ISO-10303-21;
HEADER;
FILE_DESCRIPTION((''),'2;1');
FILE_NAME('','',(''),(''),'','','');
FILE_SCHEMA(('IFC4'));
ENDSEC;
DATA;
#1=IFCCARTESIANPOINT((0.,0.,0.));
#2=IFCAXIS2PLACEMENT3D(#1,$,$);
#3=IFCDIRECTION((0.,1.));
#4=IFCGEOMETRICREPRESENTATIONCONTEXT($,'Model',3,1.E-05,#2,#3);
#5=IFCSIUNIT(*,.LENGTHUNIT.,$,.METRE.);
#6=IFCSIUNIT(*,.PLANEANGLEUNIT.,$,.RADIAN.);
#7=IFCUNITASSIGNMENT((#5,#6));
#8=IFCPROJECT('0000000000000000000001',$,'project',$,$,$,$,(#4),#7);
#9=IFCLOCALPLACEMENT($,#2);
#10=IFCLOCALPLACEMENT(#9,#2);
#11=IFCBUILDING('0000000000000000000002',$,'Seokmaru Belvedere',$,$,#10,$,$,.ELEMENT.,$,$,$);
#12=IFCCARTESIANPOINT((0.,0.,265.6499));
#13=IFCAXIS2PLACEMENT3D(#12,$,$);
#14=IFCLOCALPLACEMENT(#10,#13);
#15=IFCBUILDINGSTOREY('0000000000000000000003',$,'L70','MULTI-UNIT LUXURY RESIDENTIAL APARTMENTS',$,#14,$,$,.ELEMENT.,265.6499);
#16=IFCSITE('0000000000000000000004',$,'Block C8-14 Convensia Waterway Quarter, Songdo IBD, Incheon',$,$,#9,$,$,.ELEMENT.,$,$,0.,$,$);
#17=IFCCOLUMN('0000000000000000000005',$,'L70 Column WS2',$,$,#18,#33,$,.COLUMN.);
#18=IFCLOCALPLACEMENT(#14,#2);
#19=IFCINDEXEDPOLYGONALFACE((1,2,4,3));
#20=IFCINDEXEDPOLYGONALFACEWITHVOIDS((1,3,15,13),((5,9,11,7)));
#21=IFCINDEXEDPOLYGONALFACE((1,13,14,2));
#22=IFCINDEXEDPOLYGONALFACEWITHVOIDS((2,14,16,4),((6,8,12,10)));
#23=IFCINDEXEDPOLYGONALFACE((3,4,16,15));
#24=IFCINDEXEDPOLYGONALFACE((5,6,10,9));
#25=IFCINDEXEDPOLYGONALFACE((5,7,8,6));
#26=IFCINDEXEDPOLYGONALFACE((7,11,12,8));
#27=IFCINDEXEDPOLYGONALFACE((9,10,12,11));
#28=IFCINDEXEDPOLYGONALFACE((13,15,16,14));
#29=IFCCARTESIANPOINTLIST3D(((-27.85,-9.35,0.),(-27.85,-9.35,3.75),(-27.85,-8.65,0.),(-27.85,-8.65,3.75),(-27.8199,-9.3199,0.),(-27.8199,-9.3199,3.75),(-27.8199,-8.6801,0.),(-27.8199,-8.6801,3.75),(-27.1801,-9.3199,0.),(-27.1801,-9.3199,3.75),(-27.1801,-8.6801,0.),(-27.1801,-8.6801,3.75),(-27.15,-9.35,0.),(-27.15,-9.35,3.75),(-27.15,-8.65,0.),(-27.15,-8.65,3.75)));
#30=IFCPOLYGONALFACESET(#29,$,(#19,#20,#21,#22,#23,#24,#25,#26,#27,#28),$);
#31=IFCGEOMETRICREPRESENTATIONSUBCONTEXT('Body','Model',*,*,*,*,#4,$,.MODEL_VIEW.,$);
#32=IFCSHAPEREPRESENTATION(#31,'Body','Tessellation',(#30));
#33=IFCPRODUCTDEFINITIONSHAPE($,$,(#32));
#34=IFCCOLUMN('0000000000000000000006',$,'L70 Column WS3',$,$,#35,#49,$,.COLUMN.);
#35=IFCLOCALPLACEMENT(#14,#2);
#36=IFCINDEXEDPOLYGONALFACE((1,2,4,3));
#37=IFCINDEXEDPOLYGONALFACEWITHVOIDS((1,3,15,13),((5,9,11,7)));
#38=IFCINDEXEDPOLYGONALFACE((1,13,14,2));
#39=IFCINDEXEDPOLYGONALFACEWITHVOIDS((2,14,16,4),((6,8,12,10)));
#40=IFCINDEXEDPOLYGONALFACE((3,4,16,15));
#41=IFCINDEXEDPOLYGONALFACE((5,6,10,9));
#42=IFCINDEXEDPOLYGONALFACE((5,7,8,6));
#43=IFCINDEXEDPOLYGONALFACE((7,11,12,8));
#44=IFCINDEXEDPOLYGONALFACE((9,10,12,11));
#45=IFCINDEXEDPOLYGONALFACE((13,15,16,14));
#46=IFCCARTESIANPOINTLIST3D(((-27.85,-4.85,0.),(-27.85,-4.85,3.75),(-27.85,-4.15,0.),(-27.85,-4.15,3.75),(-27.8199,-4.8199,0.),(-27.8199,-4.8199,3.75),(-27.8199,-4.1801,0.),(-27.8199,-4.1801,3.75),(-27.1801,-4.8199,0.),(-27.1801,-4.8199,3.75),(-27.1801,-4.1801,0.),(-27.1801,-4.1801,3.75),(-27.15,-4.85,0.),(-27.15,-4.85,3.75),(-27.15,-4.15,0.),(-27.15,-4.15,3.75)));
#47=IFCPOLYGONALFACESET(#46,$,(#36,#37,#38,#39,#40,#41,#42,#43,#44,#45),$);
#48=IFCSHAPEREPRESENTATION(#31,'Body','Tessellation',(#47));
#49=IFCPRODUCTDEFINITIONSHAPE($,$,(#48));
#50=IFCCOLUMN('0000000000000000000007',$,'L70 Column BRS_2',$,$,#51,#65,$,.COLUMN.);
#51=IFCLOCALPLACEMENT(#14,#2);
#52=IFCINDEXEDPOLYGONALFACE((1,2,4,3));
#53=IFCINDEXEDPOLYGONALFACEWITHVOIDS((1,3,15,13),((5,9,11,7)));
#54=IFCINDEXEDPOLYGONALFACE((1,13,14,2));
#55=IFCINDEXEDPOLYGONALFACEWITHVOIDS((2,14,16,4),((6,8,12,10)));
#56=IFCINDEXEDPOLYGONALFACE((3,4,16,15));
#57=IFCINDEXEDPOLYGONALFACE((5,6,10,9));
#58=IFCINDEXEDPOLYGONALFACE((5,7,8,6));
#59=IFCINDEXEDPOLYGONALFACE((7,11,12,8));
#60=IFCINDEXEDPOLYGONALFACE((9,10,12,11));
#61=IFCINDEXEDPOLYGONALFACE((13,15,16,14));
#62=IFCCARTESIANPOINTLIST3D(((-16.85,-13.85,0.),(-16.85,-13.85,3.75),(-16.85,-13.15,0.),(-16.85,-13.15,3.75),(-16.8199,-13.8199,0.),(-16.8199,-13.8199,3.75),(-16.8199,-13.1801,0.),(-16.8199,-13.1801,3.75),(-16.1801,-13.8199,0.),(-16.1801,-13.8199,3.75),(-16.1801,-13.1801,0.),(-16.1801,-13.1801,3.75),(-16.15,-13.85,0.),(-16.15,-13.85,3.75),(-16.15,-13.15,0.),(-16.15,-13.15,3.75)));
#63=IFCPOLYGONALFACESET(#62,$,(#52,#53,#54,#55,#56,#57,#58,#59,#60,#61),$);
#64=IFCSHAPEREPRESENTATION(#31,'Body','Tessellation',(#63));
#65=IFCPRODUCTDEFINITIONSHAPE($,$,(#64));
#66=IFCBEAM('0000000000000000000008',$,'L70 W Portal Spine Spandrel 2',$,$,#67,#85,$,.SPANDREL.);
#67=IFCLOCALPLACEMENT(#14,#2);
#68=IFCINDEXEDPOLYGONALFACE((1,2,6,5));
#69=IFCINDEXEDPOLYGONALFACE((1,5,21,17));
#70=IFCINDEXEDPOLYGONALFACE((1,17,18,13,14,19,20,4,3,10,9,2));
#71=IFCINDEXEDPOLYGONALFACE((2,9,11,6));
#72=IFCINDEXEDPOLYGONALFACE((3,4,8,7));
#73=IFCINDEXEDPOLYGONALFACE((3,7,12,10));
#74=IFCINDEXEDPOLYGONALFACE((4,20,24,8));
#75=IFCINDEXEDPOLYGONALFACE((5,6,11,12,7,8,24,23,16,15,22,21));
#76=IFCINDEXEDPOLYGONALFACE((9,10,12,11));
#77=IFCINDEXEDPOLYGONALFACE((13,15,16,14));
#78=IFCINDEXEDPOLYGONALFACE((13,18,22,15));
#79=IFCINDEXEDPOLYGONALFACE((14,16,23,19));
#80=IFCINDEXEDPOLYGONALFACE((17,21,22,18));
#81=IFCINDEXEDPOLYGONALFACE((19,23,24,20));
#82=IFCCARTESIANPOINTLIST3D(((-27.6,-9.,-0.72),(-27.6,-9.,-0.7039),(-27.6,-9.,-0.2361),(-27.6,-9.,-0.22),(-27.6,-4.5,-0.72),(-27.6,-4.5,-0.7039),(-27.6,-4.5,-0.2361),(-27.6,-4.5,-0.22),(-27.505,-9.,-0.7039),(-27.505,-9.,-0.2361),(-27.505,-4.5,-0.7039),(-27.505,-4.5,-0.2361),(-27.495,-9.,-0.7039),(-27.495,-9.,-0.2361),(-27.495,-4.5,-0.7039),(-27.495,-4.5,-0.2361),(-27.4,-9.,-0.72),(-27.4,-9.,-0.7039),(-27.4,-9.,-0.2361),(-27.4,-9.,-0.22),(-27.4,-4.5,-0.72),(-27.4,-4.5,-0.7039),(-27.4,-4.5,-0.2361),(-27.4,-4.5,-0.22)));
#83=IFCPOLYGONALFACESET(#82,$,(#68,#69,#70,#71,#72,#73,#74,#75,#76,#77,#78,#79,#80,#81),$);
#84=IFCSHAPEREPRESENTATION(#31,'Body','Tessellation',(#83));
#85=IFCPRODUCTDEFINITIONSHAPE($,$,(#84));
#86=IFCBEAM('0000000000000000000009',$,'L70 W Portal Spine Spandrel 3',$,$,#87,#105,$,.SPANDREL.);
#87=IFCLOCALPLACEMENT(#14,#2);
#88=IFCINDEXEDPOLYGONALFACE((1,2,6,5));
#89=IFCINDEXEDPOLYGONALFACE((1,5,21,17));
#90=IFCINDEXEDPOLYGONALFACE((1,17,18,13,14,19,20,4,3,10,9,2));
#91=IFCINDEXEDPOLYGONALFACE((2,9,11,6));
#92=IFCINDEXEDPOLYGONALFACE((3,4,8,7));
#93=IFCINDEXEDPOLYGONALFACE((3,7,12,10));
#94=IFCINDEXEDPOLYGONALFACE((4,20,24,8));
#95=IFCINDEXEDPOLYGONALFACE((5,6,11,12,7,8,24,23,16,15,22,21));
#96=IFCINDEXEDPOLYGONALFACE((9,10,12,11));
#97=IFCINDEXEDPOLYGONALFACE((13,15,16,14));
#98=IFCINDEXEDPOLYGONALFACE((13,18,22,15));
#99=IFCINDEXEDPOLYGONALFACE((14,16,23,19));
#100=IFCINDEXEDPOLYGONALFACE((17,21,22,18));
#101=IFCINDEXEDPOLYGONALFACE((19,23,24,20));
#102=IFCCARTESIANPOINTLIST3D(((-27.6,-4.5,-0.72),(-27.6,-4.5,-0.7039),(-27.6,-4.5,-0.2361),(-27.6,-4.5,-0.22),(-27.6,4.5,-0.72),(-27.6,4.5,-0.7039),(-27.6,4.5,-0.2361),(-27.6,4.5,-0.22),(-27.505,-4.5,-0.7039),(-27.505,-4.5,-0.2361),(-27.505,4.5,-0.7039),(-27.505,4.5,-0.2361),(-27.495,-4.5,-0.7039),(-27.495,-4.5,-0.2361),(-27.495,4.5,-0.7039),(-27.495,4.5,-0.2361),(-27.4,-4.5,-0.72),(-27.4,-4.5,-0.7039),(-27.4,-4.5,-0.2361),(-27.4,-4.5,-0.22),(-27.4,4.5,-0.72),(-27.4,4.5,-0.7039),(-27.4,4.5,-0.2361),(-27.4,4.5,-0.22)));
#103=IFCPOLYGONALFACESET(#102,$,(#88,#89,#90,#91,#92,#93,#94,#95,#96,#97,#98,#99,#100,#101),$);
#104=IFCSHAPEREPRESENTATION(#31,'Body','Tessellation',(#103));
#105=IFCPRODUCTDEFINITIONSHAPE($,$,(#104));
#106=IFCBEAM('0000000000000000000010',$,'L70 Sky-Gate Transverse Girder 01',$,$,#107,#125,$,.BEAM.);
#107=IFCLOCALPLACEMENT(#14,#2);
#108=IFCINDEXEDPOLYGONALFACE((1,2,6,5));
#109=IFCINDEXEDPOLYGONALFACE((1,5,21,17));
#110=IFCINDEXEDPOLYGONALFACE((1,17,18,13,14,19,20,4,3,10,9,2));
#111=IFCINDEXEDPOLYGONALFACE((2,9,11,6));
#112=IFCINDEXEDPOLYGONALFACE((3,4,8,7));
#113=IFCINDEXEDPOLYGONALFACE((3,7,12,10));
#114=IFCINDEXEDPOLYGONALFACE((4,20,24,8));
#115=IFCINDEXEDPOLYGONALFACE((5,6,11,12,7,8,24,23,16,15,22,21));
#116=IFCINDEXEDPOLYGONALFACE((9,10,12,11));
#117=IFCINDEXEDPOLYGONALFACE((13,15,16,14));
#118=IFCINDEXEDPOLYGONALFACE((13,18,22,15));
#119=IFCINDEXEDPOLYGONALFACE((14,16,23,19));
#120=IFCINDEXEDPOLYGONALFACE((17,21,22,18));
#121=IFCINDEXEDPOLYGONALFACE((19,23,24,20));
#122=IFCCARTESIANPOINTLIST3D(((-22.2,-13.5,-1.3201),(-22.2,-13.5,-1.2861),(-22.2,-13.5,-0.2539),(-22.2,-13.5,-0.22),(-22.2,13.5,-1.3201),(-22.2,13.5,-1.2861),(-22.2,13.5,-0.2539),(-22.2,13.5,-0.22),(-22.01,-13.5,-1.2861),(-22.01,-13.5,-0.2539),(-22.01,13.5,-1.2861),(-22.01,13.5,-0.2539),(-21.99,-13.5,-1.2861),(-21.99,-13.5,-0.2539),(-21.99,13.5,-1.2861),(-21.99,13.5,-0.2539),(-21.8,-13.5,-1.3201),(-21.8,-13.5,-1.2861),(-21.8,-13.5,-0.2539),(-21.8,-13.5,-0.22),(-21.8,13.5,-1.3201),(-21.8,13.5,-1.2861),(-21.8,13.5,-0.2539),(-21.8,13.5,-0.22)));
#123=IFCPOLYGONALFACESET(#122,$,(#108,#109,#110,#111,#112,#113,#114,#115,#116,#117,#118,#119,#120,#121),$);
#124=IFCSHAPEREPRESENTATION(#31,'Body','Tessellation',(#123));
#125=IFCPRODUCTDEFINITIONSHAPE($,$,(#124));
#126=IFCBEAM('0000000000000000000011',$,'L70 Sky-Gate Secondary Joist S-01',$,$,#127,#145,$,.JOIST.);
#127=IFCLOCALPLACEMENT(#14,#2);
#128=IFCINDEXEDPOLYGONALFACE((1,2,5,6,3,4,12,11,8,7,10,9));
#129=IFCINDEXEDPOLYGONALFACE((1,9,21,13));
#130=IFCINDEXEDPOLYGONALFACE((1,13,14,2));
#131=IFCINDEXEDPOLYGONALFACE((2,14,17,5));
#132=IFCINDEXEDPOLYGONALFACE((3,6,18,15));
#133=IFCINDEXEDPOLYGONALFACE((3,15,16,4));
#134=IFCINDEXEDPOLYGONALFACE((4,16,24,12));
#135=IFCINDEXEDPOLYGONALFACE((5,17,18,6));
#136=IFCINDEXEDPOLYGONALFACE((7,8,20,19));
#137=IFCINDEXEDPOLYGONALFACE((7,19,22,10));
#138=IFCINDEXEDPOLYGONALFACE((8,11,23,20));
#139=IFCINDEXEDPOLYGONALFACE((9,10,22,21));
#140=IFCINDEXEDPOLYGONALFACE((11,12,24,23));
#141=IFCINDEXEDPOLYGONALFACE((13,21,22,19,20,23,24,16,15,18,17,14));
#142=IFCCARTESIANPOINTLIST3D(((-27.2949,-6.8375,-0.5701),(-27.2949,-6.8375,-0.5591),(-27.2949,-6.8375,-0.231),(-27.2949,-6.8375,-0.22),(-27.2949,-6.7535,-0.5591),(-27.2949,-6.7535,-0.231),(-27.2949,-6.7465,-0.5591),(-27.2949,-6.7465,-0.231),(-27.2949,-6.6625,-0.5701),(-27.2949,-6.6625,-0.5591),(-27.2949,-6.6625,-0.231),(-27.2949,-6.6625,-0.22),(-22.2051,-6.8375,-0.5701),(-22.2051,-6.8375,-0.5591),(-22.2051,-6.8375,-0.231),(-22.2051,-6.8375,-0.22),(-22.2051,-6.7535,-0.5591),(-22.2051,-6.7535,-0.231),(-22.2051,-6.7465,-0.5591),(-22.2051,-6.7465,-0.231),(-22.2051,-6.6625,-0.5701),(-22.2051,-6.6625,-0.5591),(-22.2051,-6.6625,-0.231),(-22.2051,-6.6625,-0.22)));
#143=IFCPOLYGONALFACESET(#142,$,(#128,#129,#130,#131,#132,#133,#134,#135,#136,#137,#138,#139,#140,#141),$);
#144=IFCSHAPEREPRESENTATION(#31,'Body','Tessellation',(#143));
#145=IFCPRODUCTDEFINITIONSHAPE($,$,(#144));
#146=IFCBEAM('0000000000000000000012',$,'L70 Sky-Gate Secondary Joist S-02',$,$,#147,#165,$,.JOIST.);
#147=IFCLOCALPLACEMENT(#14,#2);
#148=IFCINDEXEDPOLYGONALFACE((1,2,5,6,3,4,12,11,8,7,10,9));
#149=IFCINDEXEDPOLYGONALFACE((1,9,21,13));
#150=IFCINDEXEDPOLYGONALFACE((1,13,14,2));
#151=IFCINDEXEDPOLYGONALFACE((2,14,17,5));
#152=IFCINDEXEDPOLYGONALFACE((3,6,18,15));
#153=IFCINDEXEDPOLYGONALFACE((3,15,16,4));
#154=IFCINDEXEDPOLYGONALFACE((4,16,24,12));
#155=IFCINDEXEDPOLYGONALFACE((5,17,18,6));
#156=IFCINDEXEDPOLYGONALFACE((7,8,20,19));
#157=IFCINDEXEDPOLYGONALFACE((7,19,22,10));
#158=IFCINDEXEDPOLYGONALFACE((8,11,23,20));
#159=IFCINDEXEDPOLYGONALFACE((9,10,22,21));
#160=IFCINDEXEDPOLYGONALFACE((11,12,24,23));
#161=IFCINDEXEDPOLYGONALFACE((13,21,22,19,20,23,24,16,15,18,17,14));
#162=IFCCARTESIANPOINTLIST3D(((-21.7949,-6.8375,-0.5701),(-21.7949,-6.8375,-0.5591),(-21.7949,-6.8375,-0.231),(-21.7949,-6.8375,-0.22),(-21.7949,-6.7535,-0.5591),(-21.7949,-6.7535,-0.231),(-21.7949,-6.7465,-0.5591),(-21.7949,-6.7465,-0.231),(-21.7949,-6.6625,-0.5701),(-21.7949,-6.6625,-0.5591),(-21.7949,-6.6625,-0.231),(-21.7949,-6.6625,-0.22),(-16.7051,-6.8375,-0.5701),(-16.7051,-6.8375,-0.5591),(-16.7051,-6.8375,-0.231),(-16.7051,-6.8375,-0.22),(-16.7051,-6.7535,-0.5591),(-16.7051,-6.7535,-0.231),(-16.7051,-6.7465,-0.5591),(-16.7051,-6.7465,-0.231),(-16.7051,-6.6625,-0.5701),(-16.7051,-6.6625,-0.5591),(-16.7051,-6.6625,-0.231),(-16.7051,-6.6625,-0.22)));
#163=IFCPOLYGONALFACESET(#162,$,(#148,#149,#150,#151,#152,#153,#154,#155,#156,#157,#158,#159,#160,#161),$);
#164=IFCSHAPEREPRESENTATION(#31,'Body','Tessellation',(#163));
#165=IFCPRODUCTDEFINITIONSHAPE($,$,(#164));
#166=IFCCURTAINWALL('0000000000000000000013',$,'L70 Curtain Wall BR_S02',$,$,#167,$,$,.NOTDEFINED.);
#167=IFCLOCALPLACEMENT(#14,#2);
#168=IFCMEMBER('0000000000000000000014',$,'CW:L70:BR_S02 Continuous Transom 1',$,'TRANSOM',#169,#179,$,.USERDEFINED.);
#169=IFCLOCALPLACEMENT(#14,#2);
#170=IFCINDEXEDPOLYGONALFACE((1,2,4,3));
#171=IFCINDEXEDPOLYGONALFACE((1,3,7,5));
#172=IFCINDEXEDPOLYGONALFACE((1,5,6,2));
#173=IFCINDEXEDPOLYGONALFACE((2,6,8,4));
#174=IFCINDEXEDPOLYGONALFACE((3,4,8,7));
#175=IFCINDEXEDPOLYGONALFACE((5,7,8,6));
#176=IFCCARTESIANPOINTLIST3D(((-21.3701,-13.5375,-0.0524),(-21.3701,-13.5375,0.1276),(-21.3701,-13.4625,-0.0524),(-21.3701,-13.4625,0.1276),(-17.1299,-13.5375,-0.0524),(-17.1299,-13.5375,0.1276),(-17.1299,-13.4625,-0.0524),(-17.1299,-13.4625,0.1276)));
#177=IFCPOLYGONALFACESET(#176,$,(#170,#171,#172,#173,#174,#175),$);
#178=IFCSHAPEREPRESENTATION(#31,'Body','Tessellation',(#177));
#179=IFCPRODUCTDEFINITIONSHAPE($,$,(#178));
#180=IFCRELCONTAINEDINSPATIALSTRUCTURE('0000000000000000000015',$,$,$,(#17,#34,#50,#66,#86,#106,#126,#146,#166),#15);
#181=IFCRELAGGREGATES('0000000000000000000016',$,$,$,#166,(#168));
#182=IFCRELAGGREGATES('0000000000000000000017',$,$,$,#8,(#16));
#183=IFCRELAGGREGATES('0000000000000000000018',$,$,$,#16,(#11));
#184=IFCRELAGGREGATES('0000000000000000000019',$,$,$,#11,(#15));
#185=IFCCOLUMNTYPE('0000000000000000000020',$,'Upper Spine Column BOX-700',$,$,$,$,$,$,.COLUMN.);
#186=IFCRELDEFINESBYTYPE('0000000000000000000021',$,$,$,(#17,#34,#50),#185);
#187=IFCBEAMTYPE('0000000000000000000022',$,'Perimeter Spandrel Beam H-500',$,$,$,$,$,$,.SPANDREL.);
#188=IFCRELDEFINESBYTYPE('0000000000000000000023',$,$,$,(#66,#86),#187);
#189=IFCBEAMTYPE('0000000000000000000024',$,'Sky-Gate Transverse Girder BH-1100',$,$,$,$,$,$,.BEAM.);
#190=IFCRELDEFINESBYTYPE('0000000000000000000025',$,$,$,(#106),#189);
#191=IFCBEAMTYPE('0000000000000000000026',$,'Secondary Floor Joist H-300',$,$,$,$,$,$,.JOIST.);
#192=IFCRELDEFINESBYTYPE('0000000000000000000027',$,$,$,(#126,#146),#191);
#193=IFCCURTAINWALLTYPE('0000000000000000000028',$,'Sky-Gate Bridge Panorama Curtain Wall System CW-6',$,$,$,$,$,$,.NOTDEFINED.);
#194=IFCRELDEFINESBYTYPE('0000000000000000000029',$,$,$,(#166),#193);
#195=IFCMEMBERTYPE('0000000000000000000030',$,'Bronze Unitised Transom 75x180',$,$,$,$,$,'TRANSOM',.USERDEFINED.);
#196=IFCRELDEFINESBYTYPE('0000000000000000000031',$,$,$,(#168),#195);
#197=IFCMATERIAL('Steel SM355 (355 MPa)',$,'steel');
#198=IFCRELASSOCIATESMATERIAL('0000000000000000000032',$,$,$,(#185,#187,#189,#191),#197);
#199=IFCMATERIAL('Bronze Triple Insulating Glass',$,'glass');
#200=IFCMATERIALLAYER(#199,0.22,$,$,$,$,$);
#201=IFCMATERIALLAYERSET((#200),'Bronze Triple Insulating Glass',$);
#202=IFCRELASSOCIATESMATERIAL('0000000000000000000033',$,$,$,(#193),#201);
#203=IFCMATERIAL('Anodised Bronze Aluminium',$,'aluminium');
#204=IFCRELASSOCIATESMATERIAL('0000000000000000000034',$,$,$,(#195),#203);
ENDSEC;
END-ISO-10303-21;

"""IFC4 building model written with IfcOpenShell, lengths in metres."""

from ifc_helpers import new_model, si_unit, direction, frame, origin, origin_2d, place, context, subcontext, project, spatial, rectangle, hollow_rectangle, i_section, extrude, source, transform, mapped, material, layer, layer_set, material_profile, profile_set, type_object, type_shapes, element, aggregate, save


model = new_model("IFC4")

# Units and contexts
model_context = context("Model", 3, precision=1e-05, world=origin(), true_north=direction((0.0, 1.0)))
body_context = subcontext(model_context, "Body", "Model", "MODEL_VIEW")
ifc_project = project(units=[si_unit("LENGTHUNIT", "METRE"), si_unit("PLANEANGLEUNIT", "RADIAN")], contexts=[model_context])

# Site, building, storey
site_placement = place(None, origin())
site = spatial("IfcSite", under=ifc_project, at=site_placement, Name="Block C8-14 Convensia Waterway Quarter, Songdo IBD, Incheon", CompositionType="ELEMENT", RefElevation=0.0)
building_placement = place(site_placement, origin())
building = spatial("IfcBuilding", under=site, at=building_placement, Name="Seokmaru Belvedere", CompositionType="ELEMENT")
storey_placement = place(building_placement, frame((0.0, 0.0, 265.6499)))
storey = spatial("IfcBuildingStorey", under=building, at=storey_placement, Name="L70", Description="MULTI-UNIT LUXURY RESIDENTIAL APARTMENTS", CompositionType="ELEMENT", Elevation=265.6499)

# Columns
ifc_material_1 = material(Name="Steel SM355 (355 MPa)", Category="steel")
ifc_material_profile_1 = material_profile(ifc_material_1, hollow_rectangle(XDim=0.7, YDim=0.7, WallThickness=0.03, at=origin_2d()), Name="BOX-700x700x30")
ifc_profile_set_1 = profile_set([ifc_material_profile_1], Name="Steel SM355 (355 MPa)")
column_type = type_object("IfcColumnType", Name="Upper Spine Column BOX-700", PredefinedType="COLUMN", material=ifc_profile_set_1)
shared_shape_1 = source(origin(), body_context, "Body", "SweptSolid", [
    extrude(hollow_rectangle(XDim=0.7, YDim=0.7, WallThickness=0.03, at=origin_2d()), origin(), (0.0, 0.0, 1.0), 3.75),
])
type_shapes(column_type, [shared_shape_1])
for number, where, z_axis, x_axis, name in (
    (1, (-27.5, -9.0, 0.0), (0.0, 0.0, 1.0), (1.0, 0.0, 0.0), "L70 Column WS2"),
    (2, (-27.5, -4.5, 0.0), (0.0, 0.0, 1.0), (1.0, 0.0, 0.0), "L70 Column WS3"),
    (3, (-16.5, -13.5, 0.0), (0.0, 0.0, 1.0), (1.0, 0.0, 0.0), "L70 Column BRS_2"),
):
    element("IfcColumn", number, at=place(storey_placement, frame(where, z_axis=z_axis, x_axis=x_axis)), inside=storey, type_object=column_type, Name=name, PredefinedType="COLUMN", context=body_context, shape_type="MappedRepresentation", body=[
        mapped(shared_shape_1, transform((0.0, 0.0, 0.0), scale=1.0)),
    ])

# Beams
ifc_material_profile_2 = material_profile(ifc_material_1, i_section(OverallWidth=0.2, OverallDepth=0.5, WebThickness=0.01, FlangeThickness=0.0161, at=origin_2d()), Name="H-500x200x10x16")
ifc_profile_set_2 = profile_set([ifc_material_profile_2], Name="Steel SM355 (355 MPa)")
beam_type_1 = type_object("IfcBeamType", Name="Perimeter Spandrel Beam H-500", PredefinedType="SPANDREL", material=ifc_profile_set_2)
shared_shape_2 = source(origin(), body_context, "Body", "SweptSolid", [
    extrude(i_section(OverallWidth=0.2, OverallDepth=0.5, WebThickness=0.01, FlangeThickness=0.0161, at=origin_2d()), origin(), (0.0, 0.0, 1.0), 4.5),
])
beam_1_placement = place(storey_placement, frame((-27.5, -9.0, -0.47), z_axis=(0.0, 1.0, 0.0), x_axis=(-1.0, 0.0, 0.0)))
element("IfcBeam", 4, at=beam_1_placement, inside=storey, type_object=beam_type_1, Name="L70 W Portal Spine Spandrel 2", PredefinedType="SPANDREL", context=body_context, shape_type="MappedRepresentation", body=[
    mapped(shared_shape_2, transform((0.0, 0.0, 0.0), scale=1.0)),
])
shared_shape_3 = source(origin(), body_context, "Body", "SweptSolid", [
    extrude(i_section(OverallWidth=0.2, OverallDepth=0.5, WebThickness=0.01, FlangeThickness=0.0161, at=origin_2d()), origin(), (0.0, 0.0, 1.0), 9.0),
])
type_shapes(beam_type_1, [shared_shape_2, shared_shape_3])
beam_2_placement = place(storey_placement, frame((-27.5, -4.5, -0.47), z_axis=(0.0, 1.0, 0.0), x_axis=(-1.0, 0.0, 0.0)))
element("IfcBeam", 5, at=beam_2_placement, inside=storey, type_object=beam_type_1, Name="L70 W Portal Spine Spandrel 3", PredefinedType="SPANDREL", context=body_context, shape_type="MappedRepresentation", body=[
    mapped(shared_shape_3, transform((0.0, 0.0, 0.0), scale=1.0)),
])
ifc_material_profile_3 = material_profile(ifc_material_1, i_section(OverallWidth=0.3999, OverallDepth=1.1001, WebThickness=0.02, FlangeThickness=0.0339, at=origin_2d()), Name="BH-1100x400x20x34")
ifc_profile_set_3 = profile_set([ifc_material_profile_3], Name="Steel SM355 (355 MPa)")
beam_type_2 = type_object("IfcBeamType", Name="Sky-Gate Transverse Girder BH-1100", PredefinedType="BEAM", material=ifc_profile_set_3)
shared_shape_4 = source(origin(), body_context, "Body", "SweptSolid", [
    extrude(i_section(OverallWidth=0.3999, OverallDepth=1.1001, WebThickness=0.02, FlangeThickness=0.0339, at=origin_2d()), origin(), (0.0, 0.0, 1.0), 27.0),
])
type_shapes(beam_type_2, [shared_shape_4])
beam_3_placement = place(storey_placement, frame((-22.0, -13.5, -0.77), z_axis=(0.0, 1.0, 0.0), x_axis=(-1.0, 0.0, 0.0)))
element("IfcBeam", 6, at=beam_3_placement, inside=storey, type_object=beam_type_2, Name="L70 Sky-Gate Transverse Girder 01", PredefinedType="BEAM", context=body_context, shape_type="MappedRepresentation", body=[
    mapped(shared_shape_4, transform((0.0, 0.0, 0.0), scale=1.0)),
])
ifc_material_profile_4 = material_profile(ifc_material_1, i_section(OverallWidth=0.175, OverallDepth=0.3501, WebThickness=0.0071, FlangeThickness=0.011, at=origin_2d()), Name="H-350x175x7x11")
ifc_profile_set_4 = profile_set([ifc_material_profile_4], Name="Steel SM355 (355 MPa)")
beam_type_3 = type_object("IfcBeamType", Name="Secondary Floor Joist H-300", PredefinedType="JOIST", material=ifc_profile_set_4)
shared_shape_5 = source(origin(), body_context, "Body", "SweptSolid", [
    extrude(i_section(OverallWidth=0.175, OverallDepth=0.3501, WebThickness=0.0071, FlangeThickness=0.011, at=origin_2d()), origin(), (0.0, 0.0, 1.0), 5.0898),
])
type_shapes(beam_type_3, [shared_shape_5])
for number, where, z_axis, x_axis, name in (
    (7, (-27.2949, -6.75, -0.395), (1.0, 0.0, 0.0), (0.0, 1.0, 0.0), "L70 Sky-Gate Secondary Joist S-01"),
    (8, (-21.7949, -6.75, -0.395), (1.0, 0.0, 0.0), (0.0, 1.0, 0.0), "L70 Sky-Gate Secondary Joist S-02"),
):
    element("IfcBeam", number, at=place(storey_placement, frame(where, z_axis=z_axis, x_axis=x_axis)), inside=storey, type_object=beam_type_3, Name=name, PredefinedType="JOIST", context=body_context, shape_type="MappedRepresentation", body=[
        mapped(shared_shape_5, transform((0.0, 0.0, 0.0), scale=1.0)),
    ])

# Curtain wall, member
ifc_material_2 = material(Name="Bronze Triple Insulating Glass", Category="glass")
ifc_layer_1 = layer(ifc_material_2, 0.22)
ifc_layer_set_1 = layer_set([ifc_layer_1], Name="Bronze Triple Insulating Glass")
curtain_wall_type = type_object("IfcCurtainWallType", Name="Sky-Gate Bridge Panorama Curtain Wall System CW-6", PredefinedType="NOTDEFINED", material=ifc_layer_set_1)
curtain_wall_placement = place(storey_placement, origin())
curtain_wall = element("IfcCurtainWall", 9, at=curtain_wall_placement, inside=storey, type_object=curtain_wall_type, Name="L70 Curtain Wall BR_S02", PredefinedType="NOTDEFINED")
ifc_material_3 = material(Name="Anodised Bronze Aluminium", Category="aluminium")
ifc_material_profile_5 = material_profile(ifc_material_3, rectangle(XDim=0.075, YDim=0.1799, at=origin_2d()), Name="CW-T-75x180")
ifc_profile_set_5 = profile_set([ifc_material_profile_5], Name="Anodised Bronze Aluminium")
member_type_1 = type_object("IfcMemberType", Name="Bronze Unitised Transom 75x180", ElementType="TRANSOM", PredefinedType="USERDEFINED", material=ifc_profile_set_5)
shared_shape_6 = source(origin(), body_context, "Body", "SweptSolid", [
    extrude(rectangle(XDim=0.075, YDim=0.1799, at=origin_2d()), origin(), (0.0, 0.0, 1.0), 4.2402),
])
type_shapes(member_type_1, [shared_shape_6])
member_1_placement = place(storey_placement, frame((-21.3701, -13.5, 0.0376), z_axis=(1.0, 0.0, 0.0), x_axis=(0.0, 1.0, 0.0)))
member_1 = element("IfcMember", 10, at=member_1_placement, type_object=member_type_1, Name="CW:L70:BR_S02 Continuous Transom 1", ObjectType="TRANSOM", PredefinedType="USERDEFINED", context=body_context, shape_type="MappedRepresentation", body=[
    mapped(shared_shape_6, transform((0.0, 0.0, 0.0), scale=1.0)),
])
aggregate(curtain_wall, [member_1])

save(model, "model.ifc")
